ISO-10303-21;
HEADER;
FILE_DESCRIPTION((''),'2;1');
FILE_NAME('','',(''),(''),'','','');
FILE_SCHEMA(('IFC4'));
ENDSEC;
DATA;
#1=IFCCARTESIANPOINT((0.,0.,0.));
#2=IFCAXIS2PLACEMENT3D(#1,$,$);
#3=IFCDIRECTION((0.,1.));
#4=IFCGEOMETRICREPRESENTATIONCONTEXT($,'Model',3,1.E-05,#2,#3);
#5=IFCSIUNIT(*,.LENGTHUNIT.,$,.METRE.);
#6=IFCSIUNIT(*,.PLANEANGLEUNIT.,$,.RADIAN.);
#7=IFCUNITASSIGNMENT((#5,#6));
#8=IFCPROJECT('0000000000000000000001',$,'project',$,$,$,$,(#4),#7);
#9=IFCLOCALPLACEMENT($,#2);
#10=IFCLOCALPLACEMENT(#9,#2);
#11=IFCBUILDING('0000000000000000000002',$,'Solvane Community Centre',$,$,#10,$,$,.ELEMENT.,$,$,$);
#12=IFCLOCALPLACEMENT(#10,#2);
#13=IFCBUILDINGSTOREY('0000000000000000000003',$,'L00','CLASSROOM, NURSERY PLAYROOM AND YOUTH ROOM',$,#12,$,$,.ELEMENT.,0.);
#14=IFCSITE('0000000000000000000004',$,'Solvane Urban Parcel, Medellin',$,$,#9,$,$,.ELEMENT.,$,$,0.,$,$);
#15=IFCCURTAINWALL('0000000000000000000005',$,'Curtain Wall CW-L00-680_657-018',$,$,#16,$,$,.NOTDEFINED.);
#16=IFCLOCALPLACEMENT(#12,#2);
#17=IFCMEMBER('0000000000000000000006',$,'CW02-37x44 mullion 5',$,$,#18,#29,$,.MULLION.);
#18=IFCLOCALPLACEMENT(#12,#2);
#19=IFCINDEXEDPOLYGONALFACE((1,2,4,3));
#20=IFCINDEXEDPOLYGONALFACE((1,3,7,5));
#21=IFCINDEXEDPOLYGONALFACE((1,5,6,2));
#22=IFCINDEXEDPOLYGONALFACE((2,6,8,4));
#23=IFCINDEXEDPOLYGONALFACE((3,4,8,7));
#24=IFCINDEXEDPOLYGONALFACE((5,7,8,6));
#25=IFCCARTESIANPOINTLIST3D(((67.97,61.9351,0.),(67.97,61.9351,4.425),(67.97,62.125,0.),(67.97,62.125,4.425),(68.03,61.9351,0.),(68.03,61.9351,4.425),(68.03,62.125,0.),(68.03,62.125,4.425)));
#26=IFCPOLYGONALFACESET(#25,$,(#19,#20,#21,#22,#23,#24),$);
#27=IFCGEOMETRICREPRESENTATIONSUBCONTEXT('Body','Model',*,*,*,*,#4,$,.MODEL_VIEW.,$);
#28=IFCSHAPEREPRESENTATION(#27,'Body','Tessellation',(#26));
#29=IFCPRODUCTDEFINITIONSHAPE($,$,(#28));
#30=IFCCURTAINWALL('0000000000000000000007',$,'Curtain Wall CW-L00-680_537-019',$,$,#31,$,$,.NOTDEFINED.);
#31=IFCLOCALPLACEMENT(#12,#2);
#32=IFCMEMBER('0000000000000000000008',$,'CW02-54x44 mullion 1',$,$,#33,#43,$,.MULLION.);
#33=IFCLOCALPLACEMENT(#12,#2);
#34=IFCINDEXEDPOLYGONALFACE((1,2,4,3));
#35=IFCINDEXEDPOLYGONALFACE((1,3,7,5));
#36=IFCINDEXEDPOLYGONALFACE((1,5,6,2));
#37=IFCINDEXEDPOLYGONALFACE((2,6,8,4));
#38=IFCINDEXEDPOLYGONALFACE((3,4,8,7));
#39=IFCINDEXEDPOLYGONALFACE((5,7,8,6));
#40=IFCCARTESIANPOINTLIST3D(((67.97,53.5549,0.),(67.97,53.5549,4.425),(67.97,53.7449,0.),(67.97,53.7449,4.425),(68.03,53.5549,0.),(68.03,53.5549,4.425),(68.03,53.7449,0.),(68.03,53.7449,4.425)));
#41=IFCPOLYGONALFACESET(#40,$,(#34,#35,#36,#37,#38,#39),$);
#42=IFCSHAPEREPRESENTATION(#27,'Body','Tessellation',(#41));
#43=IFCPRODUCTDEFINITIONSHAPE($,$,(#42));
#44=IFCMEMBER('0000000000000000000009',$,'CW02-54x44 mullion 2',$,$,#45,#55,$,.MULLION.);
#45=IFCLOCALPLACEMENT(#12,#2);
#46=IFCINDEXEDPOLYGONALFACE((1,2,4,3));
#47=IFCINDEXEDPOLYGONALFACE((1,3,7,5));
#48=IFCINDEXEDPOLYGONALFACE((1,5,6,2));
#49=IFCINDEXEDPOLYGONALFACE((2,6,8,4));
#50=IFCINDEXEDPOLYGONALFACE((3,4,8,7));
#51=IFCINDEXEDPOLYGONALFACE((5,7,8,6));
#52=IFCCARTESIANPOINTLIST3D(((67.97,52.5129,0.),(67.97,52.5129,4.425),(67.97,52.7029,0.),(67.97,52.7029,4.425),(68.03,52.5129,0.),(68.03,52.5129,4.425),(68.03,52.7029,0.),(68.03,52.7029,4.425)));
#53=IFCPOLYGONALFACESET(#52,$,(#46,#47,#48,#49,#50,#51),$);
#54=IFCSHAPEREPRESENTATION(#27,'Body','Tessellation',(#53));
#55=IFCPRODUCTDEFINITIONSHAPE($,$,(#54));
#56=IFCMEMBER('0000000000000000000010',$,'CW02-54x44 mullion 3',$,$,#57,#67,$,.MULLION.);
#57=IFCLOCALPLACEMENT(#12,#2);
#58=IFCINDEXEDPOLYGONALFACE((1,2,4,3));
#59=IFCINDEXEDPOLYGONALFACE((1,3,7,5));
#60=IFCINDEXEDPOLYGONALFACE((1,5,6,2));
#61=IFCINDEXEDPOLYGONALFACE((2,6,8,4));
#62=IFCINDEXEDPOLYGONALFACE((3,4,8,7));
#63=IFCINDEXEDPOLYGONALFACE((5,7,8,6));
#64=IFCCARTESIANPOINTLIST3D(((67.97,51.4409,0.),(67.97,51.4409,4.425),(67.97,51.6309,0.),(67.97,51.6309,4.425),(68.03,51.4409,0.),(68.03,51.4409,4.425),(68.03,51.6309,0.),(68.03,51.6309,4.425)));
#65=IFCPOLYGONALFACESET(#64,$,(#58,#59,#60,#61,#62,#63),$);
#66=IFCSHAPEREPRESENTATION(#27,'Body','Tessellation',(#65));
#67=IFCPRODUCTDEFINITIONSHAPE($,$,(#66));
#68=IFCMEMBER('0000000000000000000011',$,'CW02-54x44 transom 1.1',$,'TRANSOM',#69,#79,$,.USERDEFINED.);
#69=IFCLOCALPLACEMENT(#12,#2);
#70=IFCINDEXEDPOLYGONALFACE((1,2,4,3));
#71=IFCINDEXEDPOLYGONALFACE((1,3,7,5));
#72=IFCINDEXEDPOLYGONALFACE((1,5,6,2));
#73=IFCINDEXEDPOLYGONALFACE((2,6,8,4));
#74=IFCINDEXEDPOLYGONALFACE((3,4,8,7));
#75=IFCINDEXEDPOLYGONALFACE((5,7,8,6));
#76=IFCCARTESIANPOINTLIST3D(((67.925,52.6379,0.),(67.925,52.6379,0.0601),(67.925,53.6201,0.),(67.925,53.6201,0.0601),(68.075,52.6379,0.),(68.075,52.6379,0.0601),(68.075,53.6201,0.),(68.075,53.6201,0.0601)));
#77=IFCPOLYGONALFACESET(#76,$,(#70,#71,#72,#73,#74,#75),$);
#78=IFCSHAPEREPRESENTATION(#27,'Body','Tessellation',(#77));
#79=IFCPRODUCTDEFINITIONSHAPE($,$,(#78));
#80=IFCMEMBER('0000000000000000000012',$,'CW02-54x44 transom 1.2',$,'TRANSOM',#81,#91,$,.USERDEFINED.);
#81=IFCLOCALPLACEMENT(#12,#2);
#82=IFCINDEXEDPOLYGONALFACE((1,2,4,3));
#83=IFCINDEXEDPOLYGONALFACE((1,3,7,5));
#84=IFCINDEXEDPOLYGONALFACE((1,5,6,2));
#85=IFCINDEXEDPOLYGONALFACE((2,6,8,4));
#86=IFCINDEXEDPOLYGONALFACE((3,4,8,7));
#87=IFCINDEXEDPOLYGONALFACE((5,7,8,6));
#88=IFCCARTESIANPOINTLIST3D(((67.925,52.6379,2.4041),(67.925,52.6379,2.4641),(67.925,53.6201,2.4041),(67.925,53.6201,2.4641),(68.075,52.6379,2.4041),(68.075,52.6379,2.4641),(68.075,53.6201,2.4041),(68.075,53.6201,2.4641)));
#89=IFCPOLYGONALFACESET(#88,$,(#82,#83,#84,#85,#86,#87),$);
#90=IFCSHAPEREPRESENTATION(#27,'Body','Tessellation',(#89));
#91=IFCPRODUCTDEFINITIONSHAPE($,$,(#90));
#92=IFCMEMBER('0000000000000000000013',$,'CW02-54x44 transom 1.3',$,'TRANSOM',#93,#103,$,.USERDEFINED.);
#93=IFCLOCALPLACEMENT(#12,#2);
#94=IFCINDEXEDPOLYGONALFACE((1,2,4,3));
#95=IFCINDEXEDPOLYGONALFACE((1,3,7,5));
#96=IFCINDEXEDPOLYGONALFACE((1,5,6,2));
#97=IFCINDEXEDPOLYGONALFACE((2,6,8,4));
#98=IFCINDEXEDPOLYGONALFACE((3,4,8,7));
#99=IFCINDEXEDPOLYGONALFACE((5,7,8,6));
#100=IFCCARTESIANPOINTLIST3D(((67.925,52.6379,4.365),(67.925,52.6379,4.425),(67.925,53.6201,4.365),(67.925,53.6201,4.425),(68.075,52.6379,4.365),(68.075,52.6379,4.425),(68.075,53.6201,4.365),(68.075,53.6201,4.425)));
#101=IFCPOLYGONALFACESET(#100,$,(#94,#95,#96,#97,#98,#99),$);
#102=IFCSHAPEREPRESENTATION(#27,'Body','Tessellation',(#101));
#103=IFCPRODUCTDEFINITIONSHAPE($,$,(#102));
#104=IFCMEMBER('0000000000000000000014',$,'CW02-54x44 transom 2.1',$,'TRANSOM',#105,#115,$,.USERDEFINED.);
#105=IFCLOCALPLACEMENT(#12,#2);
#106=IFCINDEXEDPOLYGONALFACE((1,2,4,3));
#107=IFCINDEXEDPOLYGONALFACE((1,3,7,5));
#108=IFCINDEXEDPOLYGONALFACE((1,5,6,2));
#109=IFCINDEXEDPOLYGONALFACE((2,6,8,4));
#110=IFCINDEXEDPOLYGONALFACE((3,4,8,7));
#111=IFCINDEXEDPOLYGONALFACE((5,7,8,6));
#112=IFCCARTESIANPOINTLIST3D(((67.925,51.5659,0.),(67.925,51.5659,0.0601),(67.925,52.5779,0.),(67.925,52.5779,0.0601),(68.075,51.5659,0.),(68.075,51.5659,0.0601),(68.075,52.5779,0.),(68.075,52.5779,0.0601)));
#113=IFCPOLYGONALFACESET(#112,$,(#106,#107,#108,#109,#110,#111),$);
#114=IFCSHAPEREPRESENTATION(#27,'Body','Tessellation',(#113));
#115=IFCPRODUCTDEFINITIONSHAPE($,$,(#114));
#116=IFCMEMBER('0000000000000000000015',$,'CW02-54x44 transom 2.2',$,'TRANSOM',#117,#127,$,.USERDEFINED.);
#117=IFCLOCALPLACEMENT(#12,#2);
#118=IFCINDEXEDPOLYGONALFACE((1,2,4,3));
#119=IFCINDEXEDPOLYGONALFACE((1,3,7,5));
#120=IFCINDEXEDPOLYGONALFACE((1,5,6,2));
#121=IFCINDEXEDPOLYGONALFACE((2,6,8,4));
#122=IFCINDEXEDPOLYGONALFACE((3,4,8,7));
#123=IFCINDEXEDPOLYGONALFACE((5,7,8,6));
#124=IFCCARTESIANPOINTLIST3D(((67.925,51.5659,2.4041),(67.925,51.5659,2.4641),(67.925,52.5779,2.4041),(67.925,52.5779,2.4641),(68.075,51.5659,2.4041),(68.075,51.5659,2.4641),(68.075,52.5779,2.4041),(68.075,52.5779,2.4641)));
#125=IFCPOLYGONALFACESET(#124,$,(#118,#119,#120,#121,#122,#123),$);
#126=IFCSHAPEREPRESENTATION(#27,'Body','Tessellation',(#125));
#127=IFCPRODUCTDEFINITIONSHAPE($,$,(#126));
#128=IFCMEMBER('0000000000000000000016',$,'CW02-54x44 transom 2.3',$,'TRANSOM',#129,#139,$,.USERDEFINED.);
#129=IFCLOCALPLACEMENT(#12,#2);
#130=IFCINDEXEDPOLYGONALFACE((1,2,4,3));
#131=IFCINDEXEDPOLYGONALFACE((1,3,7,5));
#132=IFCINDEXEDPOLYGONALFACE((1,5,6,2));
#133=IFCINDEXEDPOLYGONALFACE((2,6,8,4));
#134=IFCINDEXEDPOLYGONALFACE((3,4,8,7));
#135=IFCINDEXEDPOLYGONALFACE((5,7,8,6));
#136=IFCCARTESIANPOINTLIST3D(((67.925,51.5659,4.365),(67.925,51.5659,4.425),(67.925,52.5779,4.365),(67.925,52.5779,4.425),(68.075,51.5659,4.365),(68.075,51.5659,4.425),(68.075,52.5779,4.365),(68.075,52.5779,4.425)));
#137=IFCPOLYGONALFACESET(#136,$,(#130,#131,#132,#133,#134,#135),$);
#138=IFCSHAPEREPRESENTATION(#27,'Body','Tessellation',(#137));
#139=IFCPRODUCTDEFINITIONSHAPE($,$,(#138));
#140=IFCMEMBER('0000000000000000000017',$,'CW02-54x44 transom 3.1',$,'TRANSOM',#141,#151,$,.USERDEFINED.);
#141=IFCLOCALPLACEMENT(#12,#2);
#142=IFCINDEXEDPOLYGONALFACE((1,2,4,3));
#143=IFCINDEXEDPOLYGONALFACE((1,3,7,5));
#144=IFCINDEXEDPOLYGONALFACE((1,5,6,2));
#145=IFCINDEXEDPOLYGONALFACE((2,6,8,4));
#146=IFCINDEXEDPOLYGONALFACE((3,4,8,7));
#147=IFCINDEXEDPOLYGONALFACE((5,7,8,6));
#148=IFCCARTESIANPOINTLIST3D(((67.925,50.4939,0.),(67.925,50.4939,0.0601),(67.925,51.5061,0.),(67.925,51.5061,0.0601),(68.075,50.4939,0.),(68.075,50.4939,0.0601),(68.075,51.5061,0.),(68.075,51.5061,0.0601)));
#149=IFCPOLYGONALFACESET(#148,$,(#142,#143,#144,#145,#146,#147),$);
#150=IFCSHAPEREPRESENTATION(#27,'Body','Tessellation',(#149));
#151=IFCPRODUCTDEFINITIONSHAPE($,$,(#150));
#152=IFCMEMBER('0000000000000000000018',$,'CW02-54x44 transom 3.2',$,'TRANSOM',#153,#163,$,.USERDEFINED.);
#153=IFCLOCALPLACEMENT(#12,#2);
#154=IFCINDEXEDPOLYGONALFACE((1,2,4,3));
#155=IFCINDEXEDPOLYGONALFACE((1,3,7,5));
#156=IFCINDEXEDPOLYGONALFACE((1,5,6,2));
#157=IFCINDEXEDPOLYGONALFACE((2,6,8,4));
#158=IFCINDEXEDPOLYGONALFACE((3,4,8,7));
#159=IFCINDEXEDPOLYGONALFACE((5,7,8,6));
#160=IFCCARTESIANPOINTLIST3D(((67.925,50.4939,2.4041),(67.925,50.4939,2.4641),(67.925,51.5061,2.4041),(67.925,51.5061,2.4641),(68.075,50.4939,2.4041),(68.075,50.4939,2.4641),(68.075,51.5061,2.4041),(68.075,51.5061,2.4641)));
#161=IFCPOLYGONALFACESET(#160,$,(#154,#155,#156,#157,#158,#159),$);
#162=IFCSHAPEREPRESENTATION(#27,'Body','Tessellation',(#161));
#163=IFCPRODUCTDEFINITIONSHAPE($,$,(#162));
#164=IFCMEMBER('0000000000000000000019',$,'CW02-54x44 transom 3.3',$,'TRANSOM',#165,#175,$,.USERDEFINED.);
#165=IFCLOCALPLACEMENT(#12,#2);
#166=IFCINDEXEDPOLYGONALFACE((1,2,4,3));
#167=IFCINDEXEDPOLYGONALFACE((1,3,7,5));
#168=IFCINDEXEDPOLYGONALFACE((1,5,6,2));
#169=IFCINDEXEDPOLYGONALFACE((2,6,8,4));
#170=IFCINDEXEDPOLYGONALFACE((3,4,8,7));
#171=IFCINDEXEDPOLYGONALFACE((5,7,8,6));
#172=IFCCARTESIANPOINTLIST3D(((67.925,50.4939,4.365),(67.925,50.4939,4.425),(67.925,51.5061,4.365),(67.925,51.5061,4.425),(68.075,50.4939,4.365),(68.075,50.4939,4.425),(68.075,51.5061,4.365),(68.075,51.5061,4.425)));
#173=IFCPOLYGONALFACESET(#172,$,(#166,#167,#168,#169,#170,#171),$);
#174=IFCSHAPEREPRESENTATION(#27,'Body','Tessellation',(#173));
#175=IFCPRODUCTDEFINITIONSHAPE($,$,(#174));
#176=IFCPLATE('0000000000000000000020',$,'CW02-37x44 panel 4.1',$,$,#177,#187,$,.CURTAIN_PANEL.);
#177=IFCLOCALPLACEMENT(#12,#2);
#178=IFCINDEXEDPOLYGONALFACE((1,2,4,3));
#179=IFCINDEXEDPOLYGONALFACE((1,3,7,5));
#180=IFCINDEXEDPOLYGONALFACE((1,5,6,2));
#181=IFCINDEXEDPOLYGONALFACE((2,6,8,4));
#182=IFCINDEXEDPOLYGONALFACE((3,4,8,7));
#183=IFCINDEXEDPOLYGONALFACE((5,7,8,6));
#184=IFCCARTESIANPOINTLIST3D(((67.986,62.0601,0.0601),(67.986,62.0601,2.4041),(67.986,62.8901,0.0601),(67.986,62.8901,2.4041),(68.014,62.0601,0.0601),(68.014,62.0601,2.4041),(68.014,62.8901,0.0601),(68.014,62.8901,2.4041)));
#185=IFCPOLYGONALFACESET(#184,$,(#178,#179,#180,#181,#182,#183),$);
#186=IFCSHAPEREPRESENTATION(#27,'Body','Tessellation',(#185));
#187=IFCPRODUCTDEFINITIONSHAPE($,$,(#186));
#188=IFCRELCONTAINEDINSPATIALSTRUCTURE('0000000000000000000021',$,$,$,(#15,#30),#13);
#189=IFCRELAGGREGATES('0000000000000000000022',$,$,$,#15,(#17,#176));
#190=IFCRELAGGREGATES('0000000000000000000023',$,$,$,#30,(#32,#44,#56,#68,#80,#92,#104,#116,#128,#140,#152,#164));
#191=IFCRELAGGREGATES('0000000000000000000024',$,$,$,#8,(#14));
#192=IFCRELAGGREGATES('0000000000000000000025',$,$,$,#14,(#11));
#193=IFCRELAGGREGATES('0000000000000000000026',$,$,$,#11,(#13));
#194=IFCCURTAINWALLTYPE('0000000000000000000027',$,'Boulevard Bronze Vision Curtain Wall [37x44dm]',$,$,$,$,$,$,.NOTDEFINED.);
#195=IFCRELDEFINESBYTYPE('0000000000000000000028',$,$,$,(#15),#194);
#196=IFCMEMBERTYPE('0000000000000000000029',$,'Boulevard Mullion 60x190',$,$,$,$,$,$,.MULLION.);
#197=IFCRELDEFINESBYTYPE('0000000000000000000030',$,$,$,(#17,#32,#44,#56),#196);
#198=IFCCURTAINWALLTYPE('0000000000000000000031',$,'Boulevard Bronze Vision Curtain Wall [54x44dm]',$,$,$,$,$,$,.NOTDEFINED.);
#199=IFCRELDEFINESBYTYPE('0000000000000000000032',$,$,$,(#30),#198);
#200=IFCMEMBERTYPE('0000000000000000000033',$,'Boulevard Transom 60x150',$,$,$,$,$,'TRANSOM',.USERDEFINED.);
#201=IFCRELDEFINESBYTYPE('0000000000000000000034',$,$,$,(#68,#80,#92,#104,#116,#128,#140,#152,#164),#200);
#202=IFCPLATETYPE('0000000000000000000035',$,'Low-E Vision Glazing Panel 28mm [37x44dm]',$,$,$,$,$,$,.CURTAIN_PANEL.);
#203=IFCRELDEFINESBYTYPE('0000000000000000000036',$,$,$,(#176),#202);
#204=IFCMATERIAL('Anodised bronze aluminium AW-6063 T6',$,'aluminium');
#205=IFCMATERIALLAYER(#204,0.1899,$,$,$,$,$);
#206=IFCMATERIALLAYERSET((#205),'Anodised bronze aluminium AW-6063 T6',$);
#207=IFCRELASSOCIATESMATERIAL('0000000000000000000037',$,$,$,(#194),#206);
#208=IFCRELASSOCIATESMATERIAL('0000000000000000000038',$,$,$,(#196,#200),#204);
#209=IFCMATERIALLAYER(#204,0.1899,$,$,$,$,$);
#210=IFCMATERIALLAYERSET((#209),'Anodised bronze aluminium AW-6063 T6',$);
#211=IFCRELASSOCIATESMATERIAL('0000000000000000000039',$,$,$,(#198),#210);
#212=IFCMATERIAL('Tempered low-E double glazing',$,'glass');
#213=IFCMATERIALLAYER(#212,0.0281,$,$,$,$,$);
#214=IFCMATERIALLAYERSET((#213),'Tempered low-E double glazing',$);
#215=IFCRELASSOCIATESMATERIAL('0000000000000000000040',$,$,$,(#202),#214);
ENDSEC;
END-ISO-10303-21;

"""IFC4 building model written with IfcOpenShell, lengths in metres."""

from ifc_helpers import new_model, si_unit, direction, frame, origin, origin_2d, place, context, subcontext, project, spatial, rectangle, extrude, material, layer, layer_set, material_profile, profile_set, type_object, element, aggregate, save


model = new_model("IFC4")

# Units and contexts
model_context = context("Model", 3, precision=1e-05, world=origin(), true_north=direction((0.0, 1.0)))
body_context = subcontext(model_context, "Body", "Model", "MODEL_VIEW")
ifc_project = project(units=[si_unit("LENGTHUNIT", "METRE"), si_unit("PLANEANGLEUNIT", "RADIAN")], contexts=[model_context])

# Site, building, storey
site_placement = place(None, origin())
site = spatial("IfcSite", under=ifc_project, at=site_placement, Name="Solvane Urban Parcel, Medellin", CompositionType="ELEMENT", RefElevation=0.0)
building_placement = place(site_placement, origin())
building = spatial("IfcBuilding", under=site, at=building_placement, Name="Solvane Community Centre", CompositionType="ELEMENT")
storey_placement = place(building_placement, origin())
storey = spatial("IfcBuildingStorey", under=building, at=storey_placement, Name="L00", Description="CLASSROOM, NURSERY PLAYROOM AND YOUTH ROOM", CompositionType="ELEMENT", Elevation=0.0)

# Curtain wall, member
ifc_material_1 = material(Name="Anodised bronze aluminium AW-6063 T6", Category="aluminium")
ifc_layer_1 = layer(ifc_material_1, 0.1899)
ifc_layer_set_1 = layer_set([ifc_layer_1], Name="Anodised bronze aluminium AW-6063 T6")
curtain_wall_type_1 = type_object("IfcCurtainWallType", Name="Boulevard Bronze Vision Curtain Wall [37x44dm]", PredefinedType="NOTDEFINED", material=ifc_layer_set_1)
curtain_wall_1_placement = place(storey_placement, origin())
curtain_wall_1 = element("IfcCurtainWall", 1, at=curtain_wall_1_placement, inside=storey, type_object=curtain_wall_type_1, Name="Curtain Wall CW-L00-680_657-018", PredefinedType="NOTDEFINED")
ifc_material_profile_1 = material_profile(ifc_material_1, rectangle(XDim=0.0601, YDim=0.1899, at=origin_2d()), Name="CW-M 60x190")
ifc_profile_set_1 = profile_set([ifc_material_profile_1], Name="Anodised bronze aluminium AW-6063 T6")
member_type_1 = type_object("IfcMemberType", Name="Boulevard Mullion 60x190", PredefinedType="MULLION", material=ifc_profile_set_1)
member_1_placement = place(storey_placement, frame((68.0, 62.03, 0.0), z_axis=(0.0, 0.0, 1.0), x_axis=(1.0, 0.0, 0.0)))
member_1 = element("IfcMember", 2, at=member_1_placement, type_object=member_type_1, Name="CW02-37x44 mullion 5", PredefinedType="MULLION", context=body_context, shape_type="SweptSolid", body=[
    extrude(rectangle(XDim=0.0601, YDim=0.1899, at=origin_2d()), origin(), (0.0, 0.0, 1.0), 4.425),
])

# Curtain wall, members
ifc_layer_2 = layer(ifc_material_1, 0.1899)
ifc_layer_set_2 = layer_set([ifc_layer_2], Name="Anodised bronze aluminium AW-6063 T6")
curtain_wall_type_2 = type_object("IfcCurtainWallType", Name="Boulevard Bronze Vision Curtain Wall [54x44dm]", PredefinedType="NOTDEFINED", material=ifc_layer_set_2)
curtain_wall_2_placement = place(storey_placement, origin())
curtain_wall_2 = element("IfcCurtainWall", 3, at=curtain_wall_2_placement, inside=storey, type_object=curtain_wall_type_2, Name="Curtain Wall CW-L00-680_537-019", PredefinedType="NOTDEFINED")
member_2_placement = place(storey_placement, frame((68.0, 53.6499, 0.0), z_axis=(0.0, 0.0, 1.0), x_axis=(1.0, 0.0, 0.0)))
member_2 = element("IfcMember", 4, at=member_2_placement, type_object=member_type_1, Name="CW02-54x44 mullion 1", PredefinedType="MULLION", context=body_context, shape_type="SweptSolid", body=[
    extrude(rectangle(XDim=0.0601, YDim=0.1899, at=origin_2d()), origin(), (0.0, 0.0, 1.0), 4.425),
])
member_3_placement = place(storey_placement, frame((68.0, 52.6079, 0.0), z_axis=(0.0, 0.0, 1.0), x_axis=(1.0, 0.0, 0.0)))
member_3 = element("IfcMember", 5, at=member_3_placement, type_object=member_type_1, Name="CW02-54x44 mullion 2", PredefinedType="MULLION", context=body_context, shape_type="SweptSolid", body=[
    extrude(rectangle(XDim=0.0601, YDim=0.1899, at=origin_2d()), origin(), (0.0, 0.0, 1.0), 4.425),
])
member_4_placement = place(storey_placement, frame((68.0, 51.5359, 0.0), z_axis=(0.0, 0.0, 1.0), x_axis=(1.0, 0.0, 0.0)))
member_4 = element("IfcMember", 6, at=member_4_placement, type_object=member_type_1, Name="CW02-54x44 mullion 3", PredefinedType="MULLION", context=body_context, shape_type="SweptSolid", body=[
    extrude(rectangle(XDim=0.0601, YDim=0.1899, at=origin_2d()), origin(), (0.0, 0.0, 1.0), 4.425),
])
ifc_material_profile_2 = material_profile(ifc_material_1, rectangle(XDim=0.1499, YDim=0.0601, at=origin_2d()), Name="CW-T 60x150")
ifc_profile_set_2 = profile_set([ifc_material_profile_2], Name="Anodised bronze aluminium AW-6063 T6")
member_type_2 = type_object("IfcMemberType", Name="Boulevard Transom 60x150", ElementType="TRANSOM", PredefinedType="USERDEFINED", material=ifc_profile_set_2)
member_5_placement = place(storey_placement, frame((68.0, 53.6201, 0.03), z_axis=(0.0, -1.0, 0.0), x_axis=(1.0, 0.0, 0.0)))
member_5 = element("IfcMember", 7, at=member_5_placement, type_object=member_type_2, Name="CW02-54x44 transom 1.1", ObjectType="TRANSOM", PredefinedType="USERDEFINED", context=body_context, shape_type="SweptSolid", body=[
    extrude(rectangle(XDim=0.1499, YDim=0.0601, at=origin_2d()), origin(), (0.0, 0.0, 1.0), 0.9822),
])
member_6_placement = place(storey_placement, frame((68.0, 53.6201, 2.4341), z_axis=(0.0, -1.0, 0.0), x_axis=(1.0, 0.0, 0.0)))
member_6 = element("IfcMember", 8, at=member_6_placement, type_object=member_type_2, Name="CW02-54x44 transom 1.2", ObjectType="TRANSOM", PredefinedType="USERDEFINED", context=body_context, shape_type="SweptSolid", body=[
    extrude(rectangle(XDim=0.1499, YDim=0.0601, at=origin_2d()), origin(), (0.0, 0.0, 1.0), 0.9822),
])
member_7_placement = place(storey_placement, frame((68.0, 53.6201, 4.395), z_axis=(0.0, -1.0, 0.0), x_axis=(1.0, 0.0, 0.0)))
member_7 = element("IfcMember", 9, at=member_7_placement, type_object=member_type_2, Name="CW02-54x44 transom 1.3", ObjectType="TRANSOM", PredefinedType="USERDEFINED", context=body_context, shape_type="SweptSolid", body=[
    extrude(rectangle(XDim=0.1499, YDim=0.0601, at=origin_2d()), origin(), (0.0, 0.0, 1.0), 0.9822),
])
member_8_placement = place(storey_placement, frame((68.0, 52.5779, 0.03), z_axis=(0.0, -1.0, 0.0), x_axis=(1.0, 0.0, 0.0)))
member_8 = element("IfcMember", 10, at=member_8_placement, type_object=member_type_2, Name="CW02-54x44 transom 2.1", ObjectType="TRANSOM", PredefinedType="USERDEFINED", context=body_context, shape_type="SweptSolid", body=[
    extrude(rectangle(XDim=0.1499, YDim=0.0601, at=origin_2d()), origin(), (0.0, 0.0, 1.0), 1.012),
])
member_9_placement = place(storey_placement, frame((68.0, 52.5779, 2.4341), z_axis=(0.0, -1.0, 0.0), x_axis=(1.0, 0.0, 0.0)))
member_9 = element("IfcMember", 11, at=member_9_placement, type_object=member_type_2, Name="CW02-54x44 transom 2.2", ObjectType="TRANSOM", PredefinedType="USERDEFINED", context=body_context, shape_type="SweptSolid", body=[
    extrude(rectangle(XDim=0.1499, YDim=0.0601, at=origin_2d()), origin(), (0.0, 0.0, 1.0), 1.012),
])
member_10_placement = place(storey_placement, frame((68.0, 52.5779, 4.395), z_axis=(0.0, -1.0, 0.0), x_axis=(1.0, 0.0, 0.0)))
member_10 = element("IfcMember", 12, at=member_10_placement, type_object=member_type_2, Name="CW02-54x44 transom 2.3", ObjectType="TRANSOM", PredefinedType="USERDEFINED", context=body_context, shape_type="SweptSolid", body=[
    extrude(rectangle(XDim=0.1499, YDim=0.0601, at=origin_2d()), origin(), (0.0, 0.0, 1.0), 1.012),
])
member_11_placement = place(storey_placement, frame((68.0, 51.5061, 0.03), z_axis=(0.0, -1.0, 0.0), x_axis=(1.0, 0.0, 0.0)))
member_11 = element("IfcMember", 13, at=member_11_placement, type_object=member_type_2, Name="CW02-54x44 transom 3.1", ObjectType="TRANSOM", PredefinedType="USERDEFINED", context=body_context, shape_type="SweptSolid", body=[
    extrude(rectangle(XDim=0.1499, YDim=0.0601, at=origin_2d()), origin(), (0.0, 0.0, 1.0), 1.0122),
])
member_12_placement = place(storey_placement, frame((68.0, 51.5061, 2.4341), z_axis=(0.0, -1.0, 0.0), x_axis=(1.0, 0.0, 0.0)))
member_12 = element("IfcMember", 14, at=member_12_placement, type_object=member_type_2, Name="CW02-54x44 transom 3.2", ObjectType="TRANSOM", PredefinedType="USERDEFINED", context=body_context, shape_type="SweptSolid", body=[
    extrude(rectangle(XDim=0.1499, YDim=0.0601, at=origin_2d()), origin(), (0.0, 0.0, 1.0), 1.0122),
])
member_13_placement = place(storey_placement, frame((68.0, 51.5061, 4.395), z_axis=(0.0, -1.0, 0.0), x_axis=(1.0, 0.0, 0.0)))
member_13 = element("IfcMember", 15, at=member_13_placement, type_object=member_type_2, Name="CW02-54x44 transom 3.3", ObjectType="TRANSOM", PredefinedType="USERDEFINED", context=body_context, shape_type="SweptSolid", body=[
    extrude(rectangle(XDim=0.1499, YDim=0.0601, at=origin_2d()), origin(), (0.0, 0.0, 1.0), 1.0122),
])

# Plate
ifc_material_2 = material(Name="Tempered low-E double glazing", Category="glass")
ifc_layer_3 = layer(ifc_material_2, 0.0281)
ifc_layer_set_3 = layer_set([ifc_layer_3], Name="Tempered low-E double glazing")
plate_type_1 = type_object("IfcPlateType", Name="Low-E Vision Glazing Panel 28mm [37x44dm]", PredefinedType="CURTAIN_PANEL", material=ifc_layer_set_3)
plate_1_placement = place(storey_placement, frame((68.0, 62.4751, 0.0601), z_axis=(0.0, 0.0, 1.0), x_axis=(0.0, -1.0, 0.0)))
plate_1 = element("IfcPlate", 16, at=plate_1_placement, type_object=plate_type_1, Name="CW02-37x44 panel 4.1", PredefinedType="CURTAIN_PANEL", context=body_context, shape_type="SweptSolid", body=[
    extrude(rectangle(XDim=0.8301, YDim=0.0281, at=origin_2d()), origin(), (0.0, 0.0, 1.0), 2.344),
])
aggregate(curtain_wall_1, [member_1, plate_1])
aggregate(curtain_wall_2, [member_2, member_3, member_4, member_5, member_6, member_7, member_8, member_9, member_10, member_11, member_12, member_13])

save(model, "model.ifc")
